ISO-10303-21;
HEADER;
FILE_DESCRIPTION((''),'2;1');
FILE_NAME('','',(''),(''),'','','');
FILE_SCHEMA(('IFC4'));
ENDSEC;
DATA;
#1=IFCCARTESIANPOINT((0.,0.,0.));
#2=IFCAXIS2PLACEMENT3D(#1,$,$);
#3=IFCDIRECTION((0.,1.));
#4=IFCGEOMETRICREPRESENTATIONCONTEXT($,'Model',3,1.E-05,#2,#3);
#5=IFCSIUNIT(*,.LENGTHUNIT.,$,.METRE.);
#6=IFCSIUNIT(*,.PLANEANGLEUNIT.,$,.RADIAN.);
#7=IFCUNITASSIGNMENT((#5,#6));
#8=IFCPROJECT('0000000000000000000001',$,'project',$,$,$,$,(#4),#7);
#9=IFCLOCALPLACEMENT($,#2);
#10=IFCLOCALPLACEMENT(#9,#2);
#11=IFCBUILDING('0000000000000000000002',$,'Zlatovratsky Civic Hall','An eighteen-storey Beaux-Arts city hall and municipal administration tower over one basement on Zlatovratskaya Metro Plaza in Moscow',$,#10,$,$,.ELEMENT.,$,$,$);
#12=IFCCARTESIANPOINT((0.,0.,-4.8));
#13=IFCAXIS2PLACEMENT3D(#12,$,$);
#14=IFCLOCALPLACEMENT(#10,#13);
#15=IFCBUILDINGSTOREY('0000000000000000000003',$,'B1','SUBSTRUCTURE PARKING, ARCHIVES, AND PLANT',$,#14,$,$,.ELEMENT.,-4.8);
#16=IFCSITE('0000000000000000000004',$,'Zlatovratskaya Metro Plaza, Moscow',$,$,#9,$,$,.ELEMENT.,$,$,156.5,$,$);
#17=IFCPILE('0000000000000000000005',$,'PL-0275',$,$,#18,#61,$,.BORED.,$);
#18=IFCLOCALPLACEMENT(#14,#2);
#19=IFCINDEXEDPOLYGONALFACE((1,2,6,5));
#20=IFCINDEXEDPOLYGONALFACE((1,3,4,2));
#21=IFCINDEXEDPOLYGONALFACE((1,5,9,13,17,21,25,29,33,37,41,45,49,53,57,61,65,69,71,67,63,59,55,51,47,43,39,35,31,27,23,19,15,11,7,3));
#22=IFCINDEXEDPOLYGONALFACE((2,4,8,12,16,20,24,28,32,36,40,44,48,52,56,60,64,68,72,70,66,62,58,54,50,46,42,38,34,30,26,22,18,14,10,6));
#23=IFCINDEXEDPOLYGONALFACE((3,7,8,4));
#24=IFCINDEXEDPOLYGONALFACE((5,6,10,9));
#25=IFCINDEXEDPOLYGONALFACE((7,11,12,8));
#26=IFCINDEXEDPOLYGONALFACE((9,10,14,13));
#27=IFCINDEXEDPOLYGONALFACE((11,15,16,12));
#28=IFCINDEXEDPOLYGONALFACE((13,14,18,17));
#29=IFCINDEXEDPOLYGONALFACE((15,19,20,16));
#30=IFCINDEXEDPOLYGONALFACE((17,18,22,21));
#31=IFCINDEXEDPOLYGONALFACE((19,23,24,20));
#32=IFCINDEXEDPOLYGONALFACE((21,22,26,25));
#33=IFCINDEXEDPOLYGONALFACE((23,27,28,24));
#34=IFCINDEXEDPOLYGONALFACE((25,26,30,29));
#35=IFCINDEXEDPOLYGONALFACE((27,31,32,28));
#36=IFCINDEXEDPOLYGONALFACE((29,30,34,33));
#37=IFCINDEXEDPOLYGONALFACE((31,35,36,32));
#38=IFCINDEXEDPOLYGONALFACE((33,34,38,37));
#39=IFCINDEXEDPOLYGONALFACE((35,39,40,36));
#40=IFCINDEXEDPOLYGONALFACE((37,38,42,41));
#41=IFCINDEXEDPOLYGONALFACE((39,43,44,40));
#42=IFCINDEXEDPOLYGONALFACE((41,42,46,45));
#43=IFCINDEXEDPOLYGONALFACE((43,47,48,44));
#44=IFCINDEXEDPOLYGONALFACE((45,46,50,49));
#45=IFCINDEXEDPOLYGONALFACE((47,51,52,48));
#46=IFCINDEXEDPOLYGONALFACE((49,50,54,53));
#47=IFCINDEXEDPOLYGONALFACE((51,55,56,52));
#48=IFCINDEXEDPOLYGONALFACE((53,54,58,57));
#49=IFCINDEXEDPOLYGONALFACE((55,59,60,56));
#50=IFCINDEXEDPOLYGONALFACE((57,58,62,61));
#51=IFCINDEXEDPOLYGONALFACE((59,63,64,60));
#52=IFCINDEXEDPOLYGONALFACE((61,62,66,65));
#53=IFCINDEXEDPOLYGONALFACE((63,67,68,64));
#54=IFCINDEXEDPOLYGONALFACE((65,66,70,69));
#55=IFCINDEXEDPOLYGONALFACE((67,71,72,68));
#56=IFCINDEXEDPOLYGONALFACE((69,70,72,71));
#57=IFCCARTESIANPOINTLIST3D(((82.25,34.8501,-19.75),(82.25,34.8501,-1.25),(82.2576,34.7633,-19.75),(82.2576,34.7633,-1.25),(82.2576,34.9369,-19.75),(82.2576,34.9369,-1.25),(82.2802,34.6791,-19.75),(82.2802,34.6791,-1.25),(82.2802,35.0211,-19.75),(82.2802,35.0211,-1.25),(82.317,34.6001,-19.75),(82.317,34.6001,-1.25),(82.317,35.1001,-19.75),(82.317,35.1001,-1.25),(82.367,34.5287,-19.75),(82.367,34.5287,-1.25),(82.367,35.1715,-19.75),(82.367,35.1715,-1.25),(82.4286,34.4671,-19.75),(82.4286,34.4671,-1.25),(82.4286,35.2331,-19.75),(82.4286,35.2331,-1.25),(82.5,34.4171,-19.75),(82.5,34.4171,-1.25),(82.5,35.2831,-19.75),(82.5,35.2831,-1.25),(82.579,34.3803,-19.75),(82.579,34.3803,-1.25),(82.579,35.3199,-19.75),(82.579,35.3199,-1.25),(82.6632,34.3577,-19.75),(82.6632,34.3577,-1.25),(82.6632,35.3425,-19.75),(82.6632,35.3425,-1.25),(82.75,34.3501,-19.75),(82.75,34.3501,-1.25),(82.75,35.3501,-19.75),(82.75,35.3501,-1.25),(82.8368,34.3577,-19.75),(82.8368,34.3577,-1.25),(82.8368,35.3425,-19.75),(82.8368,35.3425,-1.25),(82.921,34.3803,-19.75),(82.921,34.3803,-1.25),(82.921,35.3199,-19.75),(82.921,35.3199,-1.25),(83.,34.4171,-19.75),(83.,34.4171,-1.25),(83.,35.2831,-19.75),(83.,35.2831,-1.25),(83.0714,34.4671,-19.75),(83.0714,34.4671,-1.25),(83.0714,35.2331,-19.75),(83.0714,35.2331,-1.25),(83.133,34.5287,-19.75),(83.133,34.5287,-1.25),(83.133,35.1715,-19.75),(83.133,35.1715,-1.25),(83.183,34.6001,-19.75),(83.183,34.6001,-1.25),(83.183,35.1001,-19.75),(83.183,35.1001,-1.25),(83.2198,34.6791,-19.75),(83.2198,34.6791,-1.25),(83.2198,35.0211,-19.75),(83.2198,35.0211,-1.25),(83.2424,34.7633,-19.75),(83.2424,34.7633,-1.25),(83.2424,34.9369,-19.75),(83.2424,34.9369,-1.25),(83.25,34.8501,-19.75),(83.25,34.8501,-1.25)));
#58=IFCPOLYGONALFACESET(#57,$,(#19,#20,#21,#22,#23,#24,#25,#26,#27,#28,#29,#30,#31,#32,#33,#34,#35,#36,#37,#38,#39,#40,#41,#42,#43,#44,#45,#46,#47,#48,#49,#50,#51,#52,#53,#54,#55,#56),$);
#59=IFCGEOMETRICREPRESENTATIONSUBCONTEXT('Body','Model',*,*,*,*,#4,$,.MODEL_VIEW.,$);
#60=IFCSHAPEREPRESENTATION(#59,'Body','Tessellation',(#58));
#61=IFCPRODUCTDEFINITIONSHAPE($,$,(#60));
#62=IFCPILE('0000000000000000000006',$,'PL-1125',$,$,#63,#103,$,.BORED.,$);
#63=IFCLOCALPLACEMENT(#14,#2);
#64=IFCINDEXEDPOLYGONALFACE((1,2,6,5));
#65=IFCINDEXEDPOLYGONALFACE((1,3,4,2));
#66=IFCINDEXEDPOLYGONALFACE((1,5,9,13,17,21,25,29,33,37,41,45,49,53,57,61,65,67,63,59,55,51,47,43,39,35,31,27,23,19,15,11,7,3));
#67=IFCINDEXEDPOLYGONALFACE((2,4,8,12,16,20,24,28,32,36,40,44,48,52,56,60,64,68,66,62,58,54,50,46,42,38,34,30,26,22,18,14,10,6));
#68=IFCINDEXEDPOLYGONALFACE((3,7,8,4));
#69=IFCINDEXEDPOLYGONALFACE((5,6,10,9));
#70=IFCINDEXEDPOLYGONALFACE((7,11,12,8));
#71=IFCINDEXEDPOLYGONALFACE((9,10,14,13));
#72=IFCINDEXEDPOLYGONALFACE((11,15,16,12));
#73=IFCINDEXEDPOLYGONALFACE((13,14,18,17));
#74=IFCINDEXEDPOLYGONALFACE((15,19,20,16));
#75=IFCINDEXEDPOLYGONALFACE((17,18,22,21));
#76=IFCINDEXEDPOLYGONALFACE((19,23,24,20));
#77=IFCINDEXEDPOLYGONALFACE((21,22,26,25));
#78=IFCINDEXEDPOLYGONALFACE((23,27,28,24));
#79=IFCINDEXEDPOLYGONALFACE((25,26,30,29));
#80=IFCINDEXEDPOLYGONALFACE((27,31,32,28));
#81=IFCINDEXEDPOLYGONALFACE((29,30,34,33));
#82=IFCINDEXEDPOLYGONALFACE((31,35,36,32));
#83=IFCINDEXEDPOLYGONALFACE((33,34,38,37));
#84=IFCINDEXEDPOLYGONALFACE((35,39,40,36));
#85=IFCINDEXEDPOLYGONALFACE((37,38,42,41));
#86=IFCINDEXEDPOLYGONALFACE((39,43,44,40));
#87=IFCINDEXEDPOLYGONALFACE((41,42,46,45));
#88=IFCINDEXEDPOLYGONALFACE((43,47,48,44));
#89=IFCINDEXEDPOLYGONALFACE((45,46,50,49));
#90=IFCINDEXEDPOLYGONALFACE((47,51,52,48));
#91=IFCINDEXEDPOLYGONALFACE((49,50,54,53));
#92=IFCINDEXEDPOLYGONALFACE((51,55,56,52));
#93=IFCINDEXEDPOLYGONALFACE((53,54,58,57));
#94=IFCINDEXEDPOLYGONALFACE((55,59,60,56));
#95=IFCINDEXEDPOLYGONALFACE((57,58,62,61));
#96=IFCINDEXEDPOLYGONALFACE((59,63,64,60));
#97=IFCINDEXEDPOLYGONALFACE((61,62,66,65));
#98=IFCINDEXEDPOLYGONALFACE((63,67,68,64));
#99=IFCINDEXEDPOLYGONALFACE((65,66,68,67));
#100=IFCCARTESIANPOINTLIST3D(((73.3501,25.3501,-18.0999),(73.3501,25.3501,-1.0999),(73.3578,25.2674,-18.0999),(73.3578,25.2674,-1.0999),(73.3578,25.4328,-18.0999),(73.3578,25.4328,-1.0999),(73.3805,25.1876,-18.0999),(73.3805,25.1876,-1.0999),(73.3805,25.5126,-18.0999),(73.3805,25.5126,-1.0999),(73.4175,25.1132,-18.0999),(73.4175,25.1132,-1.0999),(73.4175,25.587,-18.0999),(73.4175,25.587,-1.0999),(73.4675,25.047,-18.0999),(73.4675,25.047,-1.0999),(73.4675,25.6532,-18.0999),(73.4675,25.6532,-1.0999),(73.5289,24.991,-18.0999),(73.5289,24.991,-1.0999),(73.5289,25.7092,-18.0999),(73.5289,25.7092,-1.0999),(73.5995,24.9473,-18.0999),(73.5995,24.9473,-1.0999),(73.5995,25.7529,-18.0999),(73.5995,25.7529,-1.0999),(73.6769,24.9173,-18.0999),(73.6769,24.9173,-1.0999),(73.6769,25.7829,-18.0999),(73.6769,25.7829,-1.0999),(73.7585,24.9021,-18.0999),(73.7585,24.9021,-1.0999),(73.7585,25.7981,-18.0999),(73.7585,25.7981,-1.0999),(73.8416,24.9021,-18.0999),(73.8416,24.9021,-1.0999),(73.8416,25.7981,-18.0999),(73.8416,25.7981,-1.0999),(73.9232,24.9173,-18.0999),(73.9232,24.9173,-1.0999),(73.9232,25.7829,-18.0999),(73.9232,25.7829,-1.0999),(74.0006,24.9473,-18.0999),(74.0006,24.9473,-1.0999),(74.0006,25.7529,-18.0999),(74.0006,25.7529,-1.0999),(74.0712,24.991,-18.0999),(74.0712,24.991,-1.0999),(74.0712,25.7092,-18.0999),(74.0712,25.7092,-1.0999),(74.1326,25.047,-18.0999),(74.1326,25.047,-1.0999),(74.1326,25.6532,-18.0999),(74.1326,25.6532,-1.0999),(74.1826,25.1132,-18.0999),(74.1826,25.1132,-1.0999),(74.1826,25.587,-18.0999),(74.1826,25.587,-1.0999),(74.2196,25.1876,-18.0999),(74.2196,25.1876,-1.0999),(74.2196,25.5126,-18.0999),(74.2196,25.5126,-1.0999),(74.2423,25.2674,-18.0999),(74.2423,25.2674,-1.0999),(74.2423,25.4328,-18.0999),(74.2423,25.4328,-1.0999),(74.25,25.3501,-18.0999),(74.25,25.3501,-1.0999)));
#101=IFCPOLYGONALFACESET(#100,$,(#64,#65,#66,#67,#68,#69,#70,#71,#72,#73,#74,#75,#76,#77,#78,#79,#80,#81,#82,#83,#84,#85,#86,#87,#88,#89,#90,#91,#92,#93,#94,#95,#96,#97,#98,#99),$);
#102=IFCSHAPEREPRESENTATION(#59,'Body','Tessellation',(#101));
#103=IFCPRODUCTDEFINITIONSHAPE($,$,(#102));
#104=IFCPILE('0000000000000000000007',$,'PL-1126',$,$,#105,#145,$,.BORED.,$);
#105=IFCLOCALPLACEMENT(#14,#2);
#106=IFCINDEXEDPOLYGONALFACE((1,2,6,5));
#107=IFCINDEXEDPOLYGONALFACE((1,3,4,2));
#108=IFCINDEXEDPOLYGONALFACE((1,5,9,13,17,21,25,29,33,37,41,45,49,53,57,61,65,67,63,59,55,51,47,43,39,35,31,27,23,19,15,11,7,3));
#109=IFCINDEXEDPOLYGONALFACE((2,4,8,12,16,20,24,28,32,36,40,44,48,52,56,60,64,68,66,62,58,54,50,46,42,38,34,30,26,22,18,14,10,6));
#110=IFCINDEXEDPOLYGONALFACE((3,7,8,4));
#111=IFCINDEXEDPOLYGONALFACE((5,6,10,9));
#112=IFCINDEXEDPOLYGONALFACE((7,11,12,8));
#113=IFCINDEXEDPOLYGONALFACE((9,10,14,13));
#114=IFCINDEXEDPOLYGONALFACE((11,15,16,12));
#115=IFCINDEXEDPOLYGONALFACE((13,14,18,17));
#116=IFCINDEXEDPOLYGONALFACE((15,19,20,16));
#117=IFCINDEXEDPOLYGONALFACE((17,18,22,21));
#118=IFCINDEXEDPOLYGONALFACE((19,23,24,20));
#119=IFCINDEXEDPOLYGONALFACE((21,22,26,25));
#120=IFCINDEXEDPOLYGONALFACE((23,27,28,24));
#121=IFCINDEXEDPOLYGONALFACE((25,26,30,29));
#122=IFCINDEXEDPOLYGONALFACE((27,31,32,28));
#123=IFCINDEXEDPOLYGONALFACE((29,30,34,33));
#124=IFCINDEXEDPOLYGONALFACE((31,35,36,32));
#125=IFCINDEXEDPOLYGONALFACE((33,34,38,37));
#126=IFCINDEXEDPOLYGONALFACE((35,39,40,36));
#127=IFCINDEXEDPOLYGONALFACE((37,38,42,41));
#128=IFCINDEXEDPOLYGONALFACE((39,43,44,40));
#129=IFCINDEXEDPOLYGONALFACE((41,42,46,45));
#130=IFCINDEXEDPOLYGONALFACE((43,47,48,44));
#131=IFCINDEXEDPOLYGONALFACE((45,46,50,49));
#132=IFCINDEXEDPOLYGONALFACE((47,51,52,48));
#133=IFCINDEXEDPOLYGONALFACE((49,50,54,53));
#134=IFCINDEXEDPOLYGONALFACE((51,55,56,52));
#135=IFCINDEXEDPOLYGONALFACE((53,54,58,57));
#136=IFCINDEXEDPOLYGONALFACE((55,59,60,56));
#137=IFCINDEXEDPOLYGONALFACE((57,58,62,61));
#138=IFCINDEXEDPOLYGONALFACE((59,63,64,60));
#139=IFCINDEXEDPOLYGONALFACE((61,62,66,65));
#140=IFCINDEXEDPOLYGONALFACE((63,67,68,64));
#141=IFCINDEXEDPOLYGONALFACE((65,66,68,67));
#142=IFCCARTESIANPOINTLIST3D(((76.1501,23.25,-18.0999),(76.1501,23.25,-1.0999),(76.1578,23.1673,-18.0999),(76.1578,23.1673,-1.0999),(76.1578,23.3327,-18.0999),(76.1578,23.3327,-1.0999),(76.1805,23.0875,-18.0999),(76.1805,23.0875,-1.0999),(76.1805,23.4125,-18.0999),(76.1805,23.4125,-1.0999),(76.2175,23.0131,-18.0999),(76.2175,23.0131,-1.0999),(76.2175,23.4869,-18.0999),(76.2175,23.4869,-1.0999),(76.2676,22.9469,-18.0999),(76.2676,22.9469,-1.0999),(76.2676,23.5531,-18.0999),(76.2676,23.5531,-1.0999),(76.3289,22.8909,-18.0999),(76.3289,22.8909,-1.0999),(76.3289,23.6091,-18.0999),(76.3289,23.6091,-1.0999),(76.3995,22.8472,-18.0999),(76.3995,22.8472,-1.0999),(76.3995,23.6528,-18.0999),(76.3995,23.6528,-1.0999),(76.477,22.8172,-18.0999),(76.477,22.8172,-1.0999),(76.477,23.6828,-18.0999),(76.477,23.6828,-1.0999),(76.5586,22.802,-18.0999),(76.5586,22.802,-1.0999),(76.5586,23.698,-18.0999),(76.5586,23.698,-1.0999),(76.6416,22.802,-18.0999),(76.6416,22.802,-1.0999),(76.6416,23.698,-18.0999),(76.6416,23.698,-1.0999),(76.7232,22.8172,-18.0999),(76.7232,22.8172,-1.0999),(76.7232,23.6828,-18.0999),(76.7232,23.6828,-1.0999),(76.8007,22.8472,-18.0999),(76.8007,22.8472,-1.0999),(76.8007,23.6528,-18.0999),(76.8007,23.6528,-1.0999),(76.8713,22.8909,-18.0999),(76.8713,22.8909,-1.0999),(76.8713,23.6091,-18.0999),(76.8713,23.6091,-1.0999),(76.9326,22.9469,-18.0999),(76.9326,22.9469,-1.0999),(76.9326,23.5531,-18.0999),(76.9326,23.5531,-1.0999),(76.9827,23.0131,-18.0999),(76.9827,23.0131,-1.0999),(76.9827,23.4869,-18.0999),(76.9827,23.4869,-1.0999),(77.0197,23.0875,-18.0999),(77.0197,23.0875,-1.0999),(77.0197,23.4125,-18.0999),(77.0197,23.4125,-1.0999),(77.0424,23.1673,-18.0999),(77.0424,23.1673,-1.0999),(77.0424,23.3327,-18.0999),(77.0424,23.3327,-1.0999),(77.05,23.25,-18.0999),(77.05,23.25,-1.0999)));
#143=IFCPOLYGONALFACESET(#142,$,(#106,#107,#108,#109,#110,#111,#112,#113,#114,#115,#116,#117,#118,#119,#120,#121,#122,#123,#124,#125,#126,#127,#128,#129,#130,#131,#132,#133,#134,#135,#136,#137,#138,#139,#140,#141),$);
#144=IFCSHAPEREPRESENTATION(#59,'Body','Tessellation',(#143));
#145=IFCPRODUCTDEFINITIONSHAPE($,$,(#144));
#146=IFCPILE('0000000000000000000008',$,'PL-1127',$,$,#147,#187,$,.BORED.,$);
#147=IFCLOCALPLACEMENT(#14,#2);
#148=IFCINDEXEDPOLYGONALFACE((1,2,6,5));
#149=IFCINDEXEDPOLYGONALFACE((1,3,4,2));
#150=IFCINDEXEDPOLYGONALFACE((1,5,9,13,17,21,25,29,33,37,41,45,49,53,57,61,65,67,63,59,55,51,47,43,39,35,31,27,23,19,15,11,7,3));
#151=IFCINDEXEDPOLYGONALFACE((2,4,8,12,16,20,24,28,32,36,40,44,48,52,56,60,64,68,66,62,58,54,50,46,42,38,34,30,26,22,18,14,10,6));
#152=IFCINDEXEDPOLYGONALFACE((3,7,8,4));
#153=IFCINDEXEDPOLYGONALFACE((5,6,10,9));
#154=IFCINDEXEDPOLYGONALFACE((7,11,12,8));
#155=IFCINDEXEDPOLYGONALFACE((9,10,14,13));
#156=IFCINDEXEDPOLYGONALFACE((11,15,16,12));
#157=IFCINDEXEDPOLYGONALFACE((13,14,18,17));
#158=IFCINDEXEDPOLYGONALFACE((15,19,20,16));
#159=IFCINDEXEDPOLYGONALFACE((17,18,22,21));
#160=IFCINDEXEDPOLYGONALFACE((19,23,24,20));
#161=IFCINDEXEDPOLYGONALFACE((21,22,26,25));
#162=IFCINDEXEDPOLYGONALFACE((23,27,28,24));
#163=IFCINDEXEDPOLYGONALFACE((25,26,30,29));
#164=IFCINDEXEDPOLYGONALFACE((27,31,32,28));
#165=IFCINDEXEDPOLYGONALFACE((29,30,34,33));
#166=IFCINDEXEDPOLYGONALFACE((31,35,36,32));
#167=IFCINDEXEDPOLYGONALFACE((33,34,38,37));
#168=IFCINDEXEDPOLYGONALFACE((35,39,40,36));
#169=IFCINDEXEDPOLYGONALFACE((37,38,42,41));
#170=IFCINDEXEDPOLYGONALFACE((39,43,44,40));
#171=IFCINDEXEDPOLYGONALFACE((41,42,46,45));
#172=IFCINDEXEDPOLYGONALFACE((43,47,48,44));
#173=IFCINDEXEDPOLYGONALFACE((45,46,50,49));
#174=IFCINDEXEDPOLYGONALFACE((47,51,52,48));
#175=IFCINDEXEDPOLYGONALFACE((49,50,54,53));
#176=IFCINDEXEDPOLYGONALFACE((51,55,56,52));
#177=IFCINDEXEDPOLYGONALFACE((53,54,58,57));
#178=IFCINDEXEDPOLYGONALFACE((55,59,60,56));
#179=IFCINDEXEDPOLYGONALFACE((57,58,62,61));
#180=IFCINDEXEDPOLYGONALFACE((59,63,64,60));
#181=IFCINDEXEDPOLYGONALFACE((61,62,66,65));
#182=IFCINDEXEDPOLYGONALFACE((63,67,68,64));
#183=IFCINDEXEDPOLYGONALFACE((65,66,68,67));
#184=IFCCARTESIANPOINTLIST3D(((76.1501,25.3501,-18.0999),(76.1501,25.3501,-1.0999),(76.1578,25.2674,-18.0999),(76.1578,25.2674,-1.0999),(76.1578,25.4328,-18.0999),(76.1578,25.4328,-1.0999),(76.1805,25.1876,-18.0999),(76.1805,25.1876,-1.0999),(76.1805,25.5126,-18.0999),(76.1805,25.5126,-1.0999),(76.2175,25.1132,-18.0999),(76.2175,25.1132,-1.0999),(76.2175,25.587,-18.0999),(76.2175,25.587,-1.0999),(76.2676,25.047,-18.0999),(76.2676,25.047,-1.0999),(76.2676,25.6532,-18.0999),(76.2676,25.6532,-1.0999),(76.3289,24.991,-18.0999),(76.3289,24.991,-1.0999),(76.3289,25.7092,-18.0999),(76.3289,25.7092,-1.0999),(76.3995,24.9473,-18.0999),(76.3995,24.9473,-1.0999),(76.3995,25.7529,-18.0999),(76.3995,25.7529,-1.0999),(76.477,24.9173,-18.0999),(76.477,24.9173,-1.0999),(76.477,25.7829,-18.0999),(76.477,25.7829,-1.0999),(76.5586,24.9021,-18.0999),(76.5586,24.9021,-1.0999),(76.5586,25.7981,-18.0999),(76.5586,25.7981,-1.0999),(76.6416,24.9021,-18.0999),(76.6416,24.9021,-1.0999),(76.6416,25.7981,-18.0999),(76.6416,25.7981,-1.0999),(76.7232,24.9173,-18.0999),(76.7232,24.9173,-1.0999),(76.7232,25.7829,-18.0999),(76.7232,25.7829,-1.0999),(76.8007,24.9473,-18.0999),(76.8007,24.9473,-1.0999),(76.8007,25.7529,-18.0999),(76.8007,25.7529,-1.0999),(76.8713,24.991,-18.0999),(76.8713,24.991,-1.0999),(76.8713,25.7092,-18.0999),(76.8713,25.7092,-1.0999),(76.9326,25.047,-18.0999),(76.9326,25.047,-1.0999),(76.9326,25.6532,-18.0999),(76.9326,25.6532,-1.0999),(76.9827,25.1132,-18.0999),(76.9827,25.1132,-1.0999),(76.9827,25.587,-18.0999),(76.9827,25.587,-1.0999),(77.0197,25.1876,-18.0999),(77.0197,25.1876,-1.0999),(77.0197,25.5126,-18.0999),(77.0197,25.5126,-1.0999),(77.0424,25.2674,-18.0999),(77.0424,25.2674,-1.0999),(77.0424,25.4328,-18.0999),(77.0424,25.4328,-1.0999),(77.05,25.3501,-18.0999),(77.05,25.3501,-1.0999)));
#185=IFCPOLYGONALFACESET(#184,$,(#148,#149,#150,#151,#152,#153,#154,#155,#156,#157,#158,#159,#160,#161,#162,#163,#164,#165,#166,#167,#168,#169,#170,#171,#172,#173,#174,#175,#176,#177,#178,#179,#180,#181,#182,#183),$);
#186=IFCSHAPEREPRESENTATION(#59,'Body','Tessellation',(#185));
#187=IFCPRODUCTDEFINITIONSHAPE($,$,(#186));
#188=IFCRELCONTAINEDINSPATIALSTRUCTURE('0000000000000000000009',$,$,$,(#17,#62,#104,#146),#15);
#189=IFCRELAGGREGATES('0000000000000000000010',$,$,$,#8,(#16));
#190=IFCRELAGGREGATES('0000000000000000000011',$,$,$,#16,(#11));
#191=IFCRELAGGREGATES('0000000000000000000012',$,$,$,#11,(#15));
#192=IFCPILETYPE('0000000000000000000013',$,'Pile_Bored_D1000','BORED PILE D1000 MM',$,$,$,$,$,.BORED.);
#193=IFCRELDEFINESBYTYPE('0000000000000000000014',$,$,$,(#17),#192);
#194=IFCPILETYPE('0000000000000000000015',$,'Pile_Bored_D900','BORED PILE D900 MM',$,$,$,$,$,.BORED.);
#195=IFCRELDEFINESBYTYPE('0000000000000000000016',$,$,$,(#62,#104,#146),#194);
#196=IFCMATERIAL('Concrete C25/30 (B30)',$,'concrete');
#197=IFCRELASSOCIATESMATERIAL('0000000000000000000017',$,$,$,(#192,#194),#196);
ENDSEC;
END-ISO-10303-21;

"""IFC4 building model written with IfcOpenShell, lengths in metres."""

from ifc_helpers import new_model, si_unit, direction, frame, origin, origin_2d, place, context, subcontext, project, spatial, circle, extrude, material, material_profile, profile_set, type_object, element, save


model = new_model("IFC4")

# Units and contexts
model_context = context("Model", 3, precision=1e-05, world=origin(), true_north=direction((0.0, 1.0)))
body_context = subcontext(model_context, "Body", "Model", "MODEL_VIEW")
ifc_project = project(units=[si_unit("LENGTHUNIT", "METRE"), si_unit("PLANEANGLEUNIT", "RADIAN")], contexts=[model_context])

# Site, building, storey
site_placement = place(None, origin())
site = spatial("IfcSite", under=ifc_project, at=site_placement, Name="Zlatovratskaya Metro Plaza, Moscow", CompositionType="ELEMENT", RefElevation=156.5)
building_placement = place(site_placement, origin())
building = spatial("IfcBuilding", under=site, at=building_placement, Name="Zlatovratsky Civic Hall", Description="An eighteen-storey Beaux-Arts city hall and municipal administration tower over one basement on Zlatovratskaya Metro Plaza in Moscow", CompositionType="ELEMENT")
storey_placement = place(building_placement, frame((0.0, 0.0, -4.8)))
storey = spatial("IfcBuildingStorey", under=building, at=storey_placement, Name="B1", Description="SUBSTRUCTURE PARKING, ARCHIVES, AND PLANT", CompositionType="ELEMENT", Elevation=-4.8)

# Shared definitions
ifc_material_1 = material(Name="Concrete C25/30 (B30)", Category="concrete")

# Piles
ifc_material_profile_1 = material_profile(ifc_material_1, circle(Radius=0.5, at=origin_2d()), Name="PILE D1000")
ifc_profile_set_1 = profile_set([ifc_material_profile_1], Name="Concrete C25/30 (B30)")
pile_type_1 = type_object("IfcPileType", Name="Pile_Bored_D1000", Description="BORED PILE D1000 MM", PredefinedType="BORED", material=ifc_profile_set_1)
for number, where, z_axis, x_axis, name in (
    (1, (82.75, 34.8501, -1.25), (0.0, 0.0, -1.0), (1.0, 0.0, 0.0), "PL-0275"),
):
    element("IfcPile", number, at=place(storey_placement, frame(where, z_axis=z_axis, x_axis=x_axis)), inside=storey, type_object=pile_type_1, Name=name, PredefinedType="BORED", context=body_context, shape_type="SweptSolid", body=[
        extrude(circle(Radius=0.5, at=origin_2d()), origin(), (0.0, 0.0, 1.0), 18.5),
    ])
ifc_material_profile_2 = material_profile(ifc_material_1, circle(Radius=0.45, at=origin_2d()), Name="PILE D900")
ifc_profile_set_2 = profile_set([ifc_material_profile_2], Name="Concrete C25/30 (B30)")
pile_type_2 = type_object("IfcPileType", Name="Pile_Bored_D900", Description="BORED PILE D900 MM", PredefinedType="BORED", material=ifc_profile_set_2)
for number, where, z_axis, x_axis, name in (
    (2, (73.8, 25.3501, -1.0999), (0.0, 0.0, -1.0), (1.0, 0.0, 0.0), "PL-1125"),
    (3, (76.6001, 23.25, -1.0999), (0.0, 0.0, -1.0), (1.0, 0.0, 0.0), "PL-1126"),
    (4, (76.6001, 25.3501, -1.0999), (0.0, 0.0, -1.0), (1.0, 0.0, 0.0), "PL-1127"),
):
    element("IfcPile", number, at=place(storey_placement, frame(where, z_axis=z_axis, x_axis=x_axis)), inside=storey, type_object=pile_type_2, Name=name, PredefinedType="BORED", context=body_context, shape_type="SweptSolid", body=[
        extrude(circle(Radius=0.45, at=origin_2d()), origin(), (0.0, 0.0, 1.0), 17.0),
    ])

save(model, "model.ifc")
